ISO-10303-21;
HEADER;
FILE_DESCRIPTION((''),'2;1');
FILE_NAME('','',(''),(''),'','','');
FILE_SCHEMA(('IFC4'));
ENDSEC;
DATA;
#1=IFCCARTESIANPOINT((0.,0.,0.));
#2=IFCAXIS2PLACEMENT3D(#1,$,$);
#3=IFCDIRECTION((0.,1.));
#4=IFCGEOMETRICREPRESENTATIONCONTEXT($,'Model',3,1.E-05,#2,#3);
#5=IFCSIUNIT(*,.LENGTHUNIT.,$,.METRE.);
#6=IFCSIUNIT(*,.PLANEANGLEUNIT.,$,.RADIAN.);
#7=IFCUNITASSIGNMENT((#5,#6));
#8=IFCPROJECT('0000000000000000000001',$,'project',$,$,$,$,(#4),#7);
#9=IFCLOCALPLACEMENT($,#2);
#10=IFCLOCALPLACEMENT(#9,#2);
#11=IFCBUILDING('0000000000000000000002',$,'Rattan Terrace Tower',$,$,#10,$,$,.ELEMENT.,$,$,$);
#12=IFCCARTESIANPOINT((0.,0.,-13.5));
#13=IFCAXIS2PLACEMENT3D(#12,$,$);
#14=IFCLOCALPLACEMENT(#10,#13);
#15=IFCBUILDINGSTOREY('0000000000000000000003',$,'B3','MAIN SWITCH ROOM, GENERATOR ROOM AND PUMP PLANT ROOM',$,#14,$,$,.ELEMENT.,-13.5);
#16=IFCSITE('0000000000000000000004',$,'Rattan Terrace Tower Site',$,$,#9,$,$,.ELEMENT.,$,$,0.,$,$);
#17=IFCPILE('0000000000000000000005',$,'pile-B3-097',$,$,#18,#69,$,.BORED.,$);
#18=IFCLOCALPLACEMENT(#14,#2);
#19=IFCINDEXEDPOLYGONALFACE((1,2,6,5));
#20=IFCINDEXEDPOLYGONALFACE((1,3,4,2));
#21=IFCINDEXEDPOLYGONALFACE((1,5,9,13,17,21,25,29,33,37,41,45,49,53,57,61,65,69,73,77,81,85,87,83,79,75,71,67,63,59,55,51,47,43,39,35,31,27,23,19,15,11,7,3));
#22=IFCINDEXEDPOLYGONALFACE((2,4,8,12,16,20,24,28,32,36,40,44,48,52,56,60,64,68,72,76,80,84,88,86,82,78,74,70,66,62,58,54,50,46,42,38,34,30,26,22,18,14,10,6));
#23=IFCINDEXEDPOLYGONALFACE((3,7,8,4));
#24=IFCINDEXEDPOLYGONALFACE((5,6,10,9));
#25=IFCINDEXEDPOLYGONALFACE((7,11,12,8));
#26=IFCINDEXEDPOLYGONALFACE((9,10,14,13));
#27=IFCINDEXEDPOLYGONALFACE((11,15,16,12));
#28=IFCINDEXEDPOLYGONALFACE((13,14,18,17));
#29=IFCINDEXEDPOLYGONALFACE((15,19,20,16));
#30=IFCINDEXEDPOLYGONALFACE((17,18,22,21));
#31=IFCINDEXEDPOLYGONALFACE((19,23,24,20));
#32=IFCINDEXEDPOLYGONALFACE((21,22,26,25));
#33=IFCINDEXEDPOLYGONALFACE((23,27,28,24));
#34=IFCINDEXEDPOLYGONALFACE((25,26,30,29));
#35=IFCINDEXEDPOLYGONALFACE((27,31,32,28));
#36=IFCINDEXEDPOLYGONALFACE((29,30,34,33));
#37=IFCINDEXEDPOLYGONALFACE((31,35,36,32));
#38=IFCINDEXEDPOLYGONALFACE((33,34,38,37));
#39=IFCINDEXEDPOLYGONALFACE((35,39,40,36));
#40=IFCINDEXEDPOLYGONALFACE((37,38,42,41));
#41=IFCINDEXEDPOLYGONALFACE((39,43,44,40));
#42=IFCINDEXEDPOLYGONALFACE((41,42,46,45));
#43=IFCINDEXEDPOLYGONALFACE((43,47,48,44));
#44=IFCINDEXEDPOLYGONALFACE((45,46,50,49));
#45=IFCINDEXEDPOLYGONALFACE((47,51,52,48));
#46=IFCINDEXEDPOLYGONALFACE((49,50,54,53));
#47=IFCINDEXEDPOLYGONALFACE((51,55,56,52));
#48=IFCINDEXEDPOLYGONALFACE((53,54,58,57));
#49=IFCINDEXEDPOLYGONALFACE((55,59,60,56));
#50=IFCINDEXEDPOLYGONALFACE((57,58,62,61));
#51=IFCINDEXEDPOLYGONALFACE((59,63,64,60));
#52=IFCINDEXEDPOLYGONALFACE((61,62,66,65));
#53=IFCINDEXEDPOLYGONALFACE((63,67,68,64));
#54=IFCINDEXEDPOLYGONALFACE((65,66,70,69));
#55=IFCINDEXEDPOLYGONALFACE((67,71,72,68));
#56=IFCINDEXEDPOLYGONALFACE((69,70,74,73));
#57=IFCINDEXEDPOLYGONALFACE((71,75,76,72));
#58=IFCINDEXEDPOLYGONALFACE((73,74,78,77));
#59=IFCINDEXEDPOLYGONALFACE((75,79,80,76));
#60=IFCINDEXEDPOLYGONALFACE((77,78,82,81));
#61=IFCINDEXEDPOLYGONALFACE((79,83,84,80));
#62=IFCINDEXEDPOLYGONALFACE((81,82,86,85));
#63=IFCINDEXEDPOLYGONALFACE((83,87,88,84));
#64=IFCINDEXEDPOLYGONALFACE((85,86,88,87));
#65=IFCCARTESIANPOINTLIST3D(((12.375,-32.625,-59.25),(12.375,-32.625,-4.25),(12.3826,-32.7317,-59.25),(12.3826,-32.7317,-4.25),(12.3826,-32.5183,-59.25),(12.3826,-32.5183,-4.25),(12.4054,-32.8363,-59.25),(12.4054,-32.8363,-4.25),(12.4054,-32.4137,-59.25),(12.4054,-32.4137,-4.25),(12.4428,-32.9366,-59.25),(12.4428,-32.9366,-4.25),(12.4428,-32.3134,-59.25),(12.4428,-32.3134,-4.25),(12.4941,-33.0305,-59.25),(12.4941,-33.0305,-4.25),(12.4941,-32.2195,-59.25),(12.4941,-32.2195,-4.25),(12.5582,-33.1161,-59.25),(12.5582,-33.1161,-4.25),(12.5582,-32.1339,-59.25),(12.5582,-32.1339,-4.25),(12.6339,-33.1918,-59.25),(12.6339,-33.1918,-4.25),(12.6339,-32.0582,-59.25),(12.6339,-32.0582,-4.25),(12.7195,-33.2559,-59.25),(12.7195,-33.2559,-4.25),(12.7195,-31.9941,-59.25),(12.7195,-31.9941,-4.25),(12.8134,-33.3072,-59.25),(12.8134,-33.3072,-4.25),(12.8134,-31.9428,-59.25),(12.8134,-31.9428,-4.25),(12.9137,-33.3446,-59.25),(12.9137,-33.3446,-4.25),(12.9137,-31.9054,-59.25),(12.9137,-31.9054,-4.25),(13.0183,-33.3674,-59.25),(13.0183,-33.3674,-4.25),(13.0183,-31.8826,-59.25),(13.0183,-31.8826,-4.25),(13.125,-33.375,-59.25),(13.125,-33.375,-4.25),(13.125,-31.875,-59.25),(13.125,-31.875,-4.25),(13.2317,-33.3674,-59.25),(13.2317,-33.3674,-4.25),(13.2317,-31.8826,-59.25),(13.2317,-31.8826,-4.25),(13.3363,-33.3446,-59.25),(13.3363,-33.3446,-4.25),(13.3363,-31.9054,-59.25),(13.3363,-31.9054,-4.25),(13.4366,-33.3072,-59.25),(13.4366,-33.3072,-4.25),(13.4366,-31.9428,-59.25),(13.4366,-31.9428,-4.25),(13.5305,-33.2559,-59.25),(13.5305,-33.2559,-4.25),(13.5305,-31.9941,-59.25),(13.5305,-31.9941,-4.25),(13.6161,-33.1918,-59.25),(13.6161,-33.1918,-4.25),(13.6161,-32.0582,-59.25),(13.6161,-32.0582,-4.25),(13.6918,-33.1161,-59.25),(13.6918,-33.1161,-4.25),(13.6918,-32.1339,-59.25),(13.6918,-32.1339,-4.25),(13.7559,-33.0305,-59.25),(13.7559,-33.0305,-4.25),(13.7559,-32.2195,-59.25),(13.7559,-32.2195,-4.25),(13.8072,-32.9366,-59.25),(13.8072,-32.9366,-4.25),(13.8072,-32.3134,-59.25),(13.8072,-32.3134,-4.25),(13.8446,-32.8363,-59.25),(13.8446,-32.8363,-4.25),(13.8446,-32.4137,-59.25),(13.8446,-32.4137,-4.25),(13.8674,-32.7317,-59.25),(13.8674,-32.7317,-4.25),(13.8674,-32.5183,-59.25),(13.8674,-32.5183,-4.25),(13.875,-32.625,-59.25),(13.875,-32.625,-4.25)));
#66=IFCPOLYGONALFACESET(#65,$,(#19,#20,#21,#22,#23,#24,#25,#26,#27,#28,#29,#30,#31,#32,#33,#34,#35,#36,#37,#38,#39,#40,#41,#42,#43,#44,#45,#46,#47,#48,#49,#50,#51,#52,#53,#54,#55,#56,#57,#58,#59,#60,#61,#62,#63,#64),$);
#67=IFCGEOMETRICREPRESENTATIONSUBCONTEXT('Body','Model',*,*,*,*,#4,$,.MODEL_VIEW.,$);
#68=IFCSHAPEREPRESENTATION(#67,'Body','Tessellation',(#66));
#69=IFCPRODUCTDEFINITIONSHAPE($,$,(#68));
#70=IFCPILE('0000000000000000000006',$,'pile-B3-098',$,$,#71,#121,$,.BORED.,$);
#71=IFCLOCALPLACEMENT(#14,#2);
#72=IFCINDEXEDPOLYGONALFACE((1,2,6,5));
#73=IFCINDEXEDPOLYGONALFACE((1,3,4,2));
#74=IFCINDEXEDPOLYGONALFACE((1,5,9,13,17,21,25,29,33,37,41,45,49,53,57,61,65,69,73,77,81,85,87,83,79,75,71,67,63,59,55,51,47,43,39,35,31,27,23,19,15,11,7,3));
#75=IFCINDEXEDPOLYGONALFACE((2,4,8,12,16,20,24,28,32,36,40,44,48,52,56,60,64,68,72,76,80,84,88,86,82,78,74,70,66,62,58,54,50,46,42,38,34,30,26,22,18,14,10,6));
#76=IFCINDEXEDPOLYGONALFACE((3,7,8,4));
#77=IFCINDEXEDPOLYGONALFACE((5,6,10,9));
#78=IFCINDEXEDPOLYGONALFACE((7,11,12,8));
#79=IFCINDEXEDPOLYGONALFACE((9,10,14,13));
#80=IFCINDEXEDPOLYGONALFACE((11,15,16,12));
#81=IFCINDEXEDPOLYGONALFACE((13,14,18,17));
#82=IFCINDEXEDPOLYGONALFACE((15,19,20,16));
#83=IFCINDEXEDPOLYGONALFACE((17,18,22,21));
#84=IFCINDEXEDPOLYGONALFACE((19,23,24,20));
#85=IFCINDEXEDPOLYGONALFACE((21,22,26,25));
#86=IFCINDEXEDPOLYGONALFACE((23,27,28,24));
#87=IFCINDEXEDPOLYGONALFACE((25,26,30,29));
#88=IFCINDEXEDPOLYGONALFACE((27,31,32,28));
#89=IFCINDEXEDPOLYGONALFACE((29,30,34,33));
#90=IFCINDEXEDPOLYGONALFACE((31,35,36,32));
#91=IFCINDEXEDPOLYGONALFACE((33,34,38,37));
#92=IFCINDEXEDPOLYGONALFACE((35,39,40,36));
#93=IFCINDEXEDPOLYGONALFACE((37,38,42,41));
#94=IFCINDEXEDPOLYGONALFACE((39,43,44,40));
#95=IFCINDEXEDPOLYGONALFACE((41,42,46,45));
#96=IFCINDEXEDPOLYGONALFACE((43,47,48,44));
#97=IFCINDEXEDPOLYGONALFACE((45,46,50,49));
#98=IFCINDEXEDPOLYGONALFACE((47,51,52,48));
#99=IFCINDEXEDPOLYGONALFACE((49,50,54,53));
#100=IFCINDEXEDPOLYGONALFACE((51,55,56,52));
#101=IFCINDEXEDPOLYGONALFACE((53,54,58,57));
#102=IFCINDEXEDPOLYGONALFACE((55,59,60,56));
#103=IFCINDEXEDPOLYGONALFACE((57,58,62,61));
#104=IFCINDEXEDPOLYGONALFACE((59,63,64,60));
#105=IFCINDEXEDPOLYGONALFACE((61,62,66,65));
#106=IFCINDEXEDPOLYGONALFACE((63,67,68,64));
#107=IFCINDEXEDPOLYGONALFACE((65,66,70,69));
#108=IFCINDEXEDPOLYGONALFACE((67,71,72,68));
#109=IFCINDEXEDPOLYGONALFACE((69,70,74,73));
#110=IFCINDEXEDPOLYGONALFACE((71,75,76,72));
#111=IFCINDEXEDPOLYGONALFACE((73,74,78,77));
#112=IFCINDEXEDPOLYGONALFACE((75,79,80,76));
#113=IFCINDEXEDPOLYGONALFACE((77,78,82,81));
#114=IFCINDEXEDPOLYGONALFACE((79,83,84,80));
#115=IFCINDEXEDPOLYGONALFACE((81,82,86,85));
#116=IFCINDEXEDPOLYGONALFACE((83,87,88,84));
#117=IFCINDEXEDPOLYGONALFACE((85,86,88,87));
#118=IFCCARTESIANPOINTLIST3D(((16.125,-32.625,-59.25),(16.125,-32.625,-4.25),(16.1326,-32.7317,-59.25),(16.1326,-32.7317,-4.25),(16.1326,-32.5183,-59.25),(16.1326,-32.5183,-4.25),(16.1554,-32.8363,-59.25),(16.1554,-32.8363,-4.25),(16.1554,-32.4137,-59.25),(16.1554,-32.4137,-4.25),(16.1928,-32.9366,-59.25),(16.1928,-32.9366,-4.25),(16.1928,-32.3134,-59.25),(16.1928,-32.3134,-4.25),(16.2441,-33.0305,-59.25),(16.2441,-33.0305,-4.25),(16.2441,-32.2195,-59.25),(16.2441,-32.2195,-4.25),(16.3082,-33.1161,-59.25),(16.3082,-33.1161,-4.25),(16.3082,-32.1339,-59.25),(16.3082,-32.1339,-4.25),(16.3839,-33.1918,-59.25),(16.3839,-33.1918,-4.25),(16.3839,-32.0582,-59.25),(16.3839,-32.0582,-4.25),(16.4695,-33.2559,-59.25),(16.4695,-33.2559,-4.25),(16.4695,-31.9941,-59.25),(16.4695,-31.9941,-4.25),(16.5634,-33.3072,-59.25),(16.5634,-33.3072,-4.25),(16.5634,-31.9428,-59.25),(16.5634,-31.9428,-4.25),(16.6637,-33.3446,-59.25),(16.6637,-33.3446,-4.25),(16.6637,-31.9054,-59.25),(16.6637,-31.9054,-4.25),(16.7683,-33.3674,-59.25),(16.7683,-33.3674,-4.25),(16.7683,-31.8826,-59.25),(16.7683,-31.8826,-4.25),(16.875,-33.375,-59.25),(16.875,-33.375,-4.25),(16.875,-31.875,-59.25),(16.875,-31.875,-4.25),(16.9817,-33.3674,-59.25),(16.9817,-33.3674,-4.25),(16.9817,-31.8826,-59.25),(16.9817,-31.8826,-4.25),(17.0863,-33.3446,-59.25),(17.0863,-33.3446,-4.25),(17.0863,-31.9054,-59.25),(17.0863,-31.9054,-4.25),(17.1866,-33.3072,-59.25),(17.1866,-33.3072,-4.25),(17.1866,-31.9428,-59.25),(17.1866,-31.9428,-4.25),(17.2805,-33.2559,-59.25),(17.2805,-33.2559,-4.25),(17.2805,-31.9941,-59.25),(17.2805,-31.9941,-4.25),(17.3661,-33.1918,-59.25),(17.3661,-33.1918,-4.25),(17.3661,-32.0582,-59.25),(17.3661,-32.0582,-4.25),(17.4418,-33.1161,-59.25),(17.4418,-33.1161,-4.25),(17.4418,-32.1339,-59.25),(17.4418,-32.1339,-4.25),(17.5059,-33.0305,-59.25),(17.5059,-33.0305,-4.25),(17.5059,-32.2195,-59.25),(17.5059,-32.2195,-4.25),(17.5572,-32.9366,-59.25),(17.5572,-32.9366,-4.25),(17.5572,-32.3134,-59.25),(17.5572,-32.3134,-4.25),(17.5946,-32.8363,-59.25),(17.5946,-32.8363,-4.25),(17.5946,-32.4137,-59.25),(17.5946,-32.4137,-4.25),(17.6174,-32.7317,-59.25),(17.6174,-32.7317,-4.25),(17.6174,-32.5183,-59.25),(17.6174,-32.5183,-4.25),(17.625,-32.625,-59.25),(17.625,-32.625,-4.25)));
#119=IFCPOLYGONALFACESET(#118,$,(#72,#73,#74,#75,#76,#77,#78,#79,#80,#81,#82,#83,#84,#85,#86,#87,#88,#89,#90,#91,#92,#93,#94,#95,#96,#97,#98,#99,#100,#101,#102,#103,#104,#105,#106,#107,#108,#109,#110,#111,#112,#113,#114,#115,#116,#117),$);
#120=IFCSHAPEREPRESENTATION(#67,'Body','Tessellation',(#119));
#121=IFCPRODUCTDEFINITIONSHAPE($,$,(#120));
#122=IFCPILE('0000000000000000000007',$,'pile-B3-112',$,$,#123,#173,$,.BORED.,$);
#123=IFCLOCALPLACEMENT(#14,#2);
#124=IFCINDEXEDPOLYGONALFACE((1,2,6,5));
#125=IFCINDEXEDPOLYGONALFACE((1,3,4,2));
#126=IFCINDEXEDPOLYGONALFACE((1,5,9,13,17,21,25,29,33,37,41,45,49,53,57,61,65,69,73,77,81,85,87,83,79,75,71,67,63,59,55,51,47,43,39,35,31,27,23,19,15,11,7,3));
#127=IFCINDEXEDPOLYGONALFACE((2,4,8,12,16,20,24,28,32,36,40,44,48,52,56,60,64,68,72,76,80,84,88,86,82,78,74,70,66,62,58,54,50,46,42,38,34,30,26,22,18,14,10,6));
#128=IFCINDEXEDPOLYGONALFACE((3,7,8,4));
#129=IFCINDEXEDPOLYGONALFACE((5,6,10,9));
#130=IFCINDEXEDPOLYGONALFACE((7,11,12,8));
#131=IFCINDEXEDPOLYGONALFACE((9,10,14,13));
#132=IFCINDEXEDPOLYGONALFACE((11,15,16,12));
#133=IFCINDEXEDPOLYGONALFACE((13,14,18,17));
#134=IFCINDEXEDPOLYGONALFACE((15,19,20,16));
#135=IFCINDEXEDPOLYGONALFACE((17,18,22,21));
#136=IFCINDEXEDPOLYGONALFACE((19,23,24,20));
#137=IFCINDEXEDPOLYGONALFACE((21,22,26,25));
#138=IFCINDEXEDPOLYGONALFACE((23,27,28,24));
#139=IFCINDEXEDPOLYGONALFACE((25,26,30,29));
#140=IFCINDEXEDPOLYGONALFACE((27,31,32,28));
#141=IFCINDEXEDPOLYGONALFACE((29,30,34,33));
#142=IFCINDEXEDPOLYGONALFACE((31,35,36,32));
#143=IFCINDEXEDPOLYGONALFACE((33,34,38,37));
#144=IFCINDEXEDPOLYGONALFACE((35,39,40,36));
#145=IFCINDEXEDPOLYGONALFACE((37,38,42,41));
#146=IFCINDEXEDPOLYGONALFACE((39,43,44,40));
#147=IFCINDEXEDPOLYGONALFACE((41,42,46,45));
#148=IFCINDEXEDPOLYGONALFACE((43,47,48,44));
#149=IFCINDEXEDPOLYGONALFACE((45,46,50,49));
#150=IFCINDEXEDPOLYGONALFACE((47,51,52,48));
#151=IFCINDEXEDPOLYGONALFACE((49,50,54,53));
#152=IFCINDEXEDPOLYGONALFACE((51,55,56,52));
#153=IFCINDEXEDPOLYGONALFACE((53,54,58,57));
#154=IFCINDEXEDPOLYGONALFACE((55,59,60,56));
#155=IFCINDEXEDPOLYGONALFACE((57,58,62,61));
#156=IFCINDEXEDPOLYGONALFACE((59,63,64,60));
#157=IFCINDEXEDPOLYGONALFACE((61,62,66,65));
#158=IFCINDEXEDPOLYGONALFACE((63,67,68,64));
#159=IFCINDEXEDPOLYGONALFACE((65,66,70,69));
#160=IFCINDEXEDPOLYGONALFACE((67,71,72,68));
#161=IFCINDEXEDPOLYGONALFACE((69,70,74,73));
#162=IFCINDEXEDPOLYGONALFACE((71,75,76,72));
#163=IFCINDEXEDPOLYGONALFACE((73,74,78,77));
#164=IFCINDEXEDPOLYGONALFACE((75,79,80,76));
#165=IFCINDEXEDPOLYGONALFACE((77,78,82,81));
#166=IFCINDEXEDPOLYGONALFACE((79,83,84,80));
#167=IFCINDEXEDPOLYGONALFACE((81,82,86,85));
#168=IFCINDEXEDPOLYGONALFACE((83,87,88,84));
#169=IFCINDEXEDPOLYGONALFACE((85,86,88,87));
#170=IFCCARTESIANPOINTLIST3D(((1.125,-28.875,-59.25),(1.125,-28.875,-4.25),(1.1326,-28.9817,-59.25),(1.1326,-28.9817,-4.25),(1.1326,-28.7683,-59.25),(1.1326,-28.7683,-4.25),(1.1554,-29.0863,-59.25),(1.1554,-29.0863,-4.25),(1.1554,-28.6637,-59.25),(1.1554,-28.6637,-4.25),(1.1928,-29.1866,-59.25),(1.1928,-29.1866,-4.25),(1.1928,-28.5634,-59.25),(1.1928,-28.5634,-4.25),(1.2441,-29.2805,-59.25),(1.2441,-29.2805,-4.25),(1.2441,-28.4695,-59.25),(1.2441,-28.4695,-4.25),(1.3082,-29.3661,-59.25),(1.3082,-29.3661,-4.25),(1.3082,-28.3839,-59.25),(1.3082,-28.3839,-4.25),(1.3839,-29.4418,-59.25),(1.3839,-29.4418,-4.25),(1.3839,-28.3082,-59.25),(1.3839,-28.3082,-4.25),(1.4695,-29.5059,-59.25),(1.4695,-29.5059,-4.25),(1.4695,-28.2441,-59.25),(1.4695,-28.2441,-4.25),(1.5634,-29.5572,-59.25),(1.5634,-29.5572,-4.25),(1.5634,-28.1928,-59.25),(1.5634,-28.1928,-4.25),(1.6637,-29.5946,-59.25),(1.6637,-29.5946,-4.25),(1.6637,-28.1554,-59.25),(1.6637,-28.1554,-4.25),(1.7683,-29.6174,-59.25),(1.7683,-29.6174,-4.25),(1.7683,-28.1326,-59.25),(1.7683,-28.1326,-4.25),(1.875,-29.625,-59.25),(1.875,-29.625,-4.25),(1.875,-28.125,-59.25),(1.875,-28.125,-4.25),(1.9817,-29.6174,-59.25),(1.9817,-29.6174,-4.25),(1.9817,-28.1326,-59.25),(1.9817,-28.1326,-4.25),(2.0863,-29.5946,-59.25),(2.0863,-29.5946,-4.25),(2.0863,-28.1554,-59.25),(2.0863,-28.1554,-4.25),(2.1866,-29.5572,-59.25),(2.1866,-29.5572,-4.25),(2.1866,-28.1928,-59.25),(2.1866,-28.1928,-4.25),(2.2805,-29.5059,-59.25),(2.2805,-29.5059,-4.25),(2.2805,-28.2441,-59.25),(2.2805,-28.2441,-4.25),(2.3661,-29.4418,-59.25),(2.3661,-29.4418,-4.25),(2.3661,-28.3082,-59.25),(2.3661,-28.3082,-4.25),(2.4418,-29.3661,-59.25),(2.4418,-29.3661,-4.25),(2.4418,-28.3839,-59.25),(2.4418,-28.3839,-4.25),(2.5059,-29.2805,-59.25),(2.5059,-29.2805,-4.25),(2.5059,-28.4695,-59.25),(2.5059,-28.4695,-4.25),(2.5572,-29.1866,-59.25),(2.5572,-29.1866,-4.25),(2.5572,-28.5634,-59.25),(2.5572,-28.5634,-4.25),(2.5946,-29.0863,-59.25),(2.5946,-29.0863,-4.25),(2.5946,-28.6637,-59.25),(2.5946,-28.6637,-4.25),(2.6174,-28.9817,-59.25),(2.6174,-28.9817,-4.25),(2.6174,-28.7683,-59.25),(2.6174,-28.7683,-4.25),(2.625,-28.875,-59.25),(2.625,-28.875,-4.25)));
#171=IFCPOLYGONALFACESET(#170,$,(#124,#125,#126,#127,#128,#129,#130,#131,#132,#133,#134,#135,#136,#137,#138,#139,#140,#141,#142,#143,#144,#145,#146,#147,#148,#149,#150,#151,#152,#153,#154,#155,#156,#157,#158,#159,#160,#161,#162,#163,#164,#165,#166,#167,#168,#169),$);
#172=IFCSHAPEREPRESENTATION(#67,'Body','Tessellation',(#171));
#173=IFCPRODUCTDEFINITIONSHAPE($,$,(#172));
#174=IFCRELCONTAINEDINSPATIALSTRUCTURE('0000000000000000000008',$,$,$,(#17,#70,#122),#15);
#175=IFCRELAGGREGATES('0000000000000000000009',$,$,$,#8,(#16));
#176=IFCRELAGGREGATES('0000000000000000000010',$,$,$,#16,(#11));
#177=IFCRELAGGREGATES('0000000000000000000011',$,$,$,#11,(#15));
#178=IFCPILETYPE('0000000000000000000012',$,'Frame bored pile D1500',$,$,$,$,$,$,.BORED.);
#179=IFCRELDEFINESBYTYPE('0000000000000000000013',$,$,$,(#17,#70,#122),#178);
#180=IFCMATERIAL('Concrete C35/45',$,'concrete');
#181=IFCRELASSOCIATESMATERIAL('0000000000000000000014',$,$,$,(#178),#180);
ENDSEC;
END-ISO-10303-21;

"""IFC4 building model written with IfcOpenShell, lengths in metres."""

from ifc_helpers import new_model, si_unit, direction, frame, origin, origin_2d, place, context, subcontext, project, spatial, circle, extrude, material, material_profile, profile_set, type_object, element, save


model = new_model("IFC4")

# Units and contexts
model_context = context("Model", 3, precision=1e-05, world=origin(), true_north=direction((0.0, 1.0)))
body_context = subcontext(model_context, "Body", "Model", "MODEL_VIEW")
ifc_project = project(units=[si_unit("LENGTHUNIT", "METRE"), si_unit("PLANEANGLEUNIT", "RADIAN")], contexts=[model_context])

# Site, building, storey
site_placement = place(None, origin())
site = spatial("IfcSite", under=ifc_project, at=site_placement, Name="Rattan Terrace Tower Site", CompositionType="ELEMENT", RefElevation=0.0)
building_placement = place(site_placement, origin())
building = spatial("IfcBuilding", under=site, at=building_placement, Name="Rattan Terrace Tower", CompositionType="ELEMENT")
storey_placement = place(building_placement, frame((0.0, 0.0, -13.5)))
storey = spatial("IfcBuildingStorey", under=building, at=storey_placement, Name="B3", Description="MAIN SWITCH ROOM, GENERATOR ROOM AND PUMP PLANT ROOM", CompositionType="ELEMENT", Elevation=-13.5)

# Piles
ifc_material_1 = material(Name="Concrete C35/45", Category="concrete")
ifc_material_profile_1 = material_profile(ifc_material_1, circle(Radius=0.75, at=origin_2d()), Name="PILE D1500")
ifc_profile_set_1 = profile_set([ifc_material_profile_1], Name="Concrete C35/45")
pile_type = type_object("IfcPileType", Name="Frame bored pile D1500", PredefinedType="BORED", material=ifc_profile_set_1)
for number, where, z_axis, x_axis, name in (
    (1, (13.125, -32.625, -4.25), (0.0, 0.0, -1.0), (1.0, 0.0, 0.0), "pile-B3-097"),
    (2, (16.875, -32.625, -4.25), (0.0, 0.0, -1.0), (1.0, 0.0, 0.0), "pile-B3-098"),
    (3, (1.875, -28.875, -4.25), (0.0, 0.0, -1.0), (1.0, 0.0, 0.0), "pile-B3-112"),
):
    element("IfcPile", number, at=place(storey_placement, frame(where, z_axis=z_axis, x_axis=x_axis)), inside=storey, type_object=pile_type, Name=name, PredefinedType="BORED", context=body_context, shape_type="SweptSolid", body=[
        extrude(circle(Radius=0.75, at=origin_2d()), origin(), (0.0, 0.0, 1.0), 55.0),
    ])

save(model, "model.ifc")
